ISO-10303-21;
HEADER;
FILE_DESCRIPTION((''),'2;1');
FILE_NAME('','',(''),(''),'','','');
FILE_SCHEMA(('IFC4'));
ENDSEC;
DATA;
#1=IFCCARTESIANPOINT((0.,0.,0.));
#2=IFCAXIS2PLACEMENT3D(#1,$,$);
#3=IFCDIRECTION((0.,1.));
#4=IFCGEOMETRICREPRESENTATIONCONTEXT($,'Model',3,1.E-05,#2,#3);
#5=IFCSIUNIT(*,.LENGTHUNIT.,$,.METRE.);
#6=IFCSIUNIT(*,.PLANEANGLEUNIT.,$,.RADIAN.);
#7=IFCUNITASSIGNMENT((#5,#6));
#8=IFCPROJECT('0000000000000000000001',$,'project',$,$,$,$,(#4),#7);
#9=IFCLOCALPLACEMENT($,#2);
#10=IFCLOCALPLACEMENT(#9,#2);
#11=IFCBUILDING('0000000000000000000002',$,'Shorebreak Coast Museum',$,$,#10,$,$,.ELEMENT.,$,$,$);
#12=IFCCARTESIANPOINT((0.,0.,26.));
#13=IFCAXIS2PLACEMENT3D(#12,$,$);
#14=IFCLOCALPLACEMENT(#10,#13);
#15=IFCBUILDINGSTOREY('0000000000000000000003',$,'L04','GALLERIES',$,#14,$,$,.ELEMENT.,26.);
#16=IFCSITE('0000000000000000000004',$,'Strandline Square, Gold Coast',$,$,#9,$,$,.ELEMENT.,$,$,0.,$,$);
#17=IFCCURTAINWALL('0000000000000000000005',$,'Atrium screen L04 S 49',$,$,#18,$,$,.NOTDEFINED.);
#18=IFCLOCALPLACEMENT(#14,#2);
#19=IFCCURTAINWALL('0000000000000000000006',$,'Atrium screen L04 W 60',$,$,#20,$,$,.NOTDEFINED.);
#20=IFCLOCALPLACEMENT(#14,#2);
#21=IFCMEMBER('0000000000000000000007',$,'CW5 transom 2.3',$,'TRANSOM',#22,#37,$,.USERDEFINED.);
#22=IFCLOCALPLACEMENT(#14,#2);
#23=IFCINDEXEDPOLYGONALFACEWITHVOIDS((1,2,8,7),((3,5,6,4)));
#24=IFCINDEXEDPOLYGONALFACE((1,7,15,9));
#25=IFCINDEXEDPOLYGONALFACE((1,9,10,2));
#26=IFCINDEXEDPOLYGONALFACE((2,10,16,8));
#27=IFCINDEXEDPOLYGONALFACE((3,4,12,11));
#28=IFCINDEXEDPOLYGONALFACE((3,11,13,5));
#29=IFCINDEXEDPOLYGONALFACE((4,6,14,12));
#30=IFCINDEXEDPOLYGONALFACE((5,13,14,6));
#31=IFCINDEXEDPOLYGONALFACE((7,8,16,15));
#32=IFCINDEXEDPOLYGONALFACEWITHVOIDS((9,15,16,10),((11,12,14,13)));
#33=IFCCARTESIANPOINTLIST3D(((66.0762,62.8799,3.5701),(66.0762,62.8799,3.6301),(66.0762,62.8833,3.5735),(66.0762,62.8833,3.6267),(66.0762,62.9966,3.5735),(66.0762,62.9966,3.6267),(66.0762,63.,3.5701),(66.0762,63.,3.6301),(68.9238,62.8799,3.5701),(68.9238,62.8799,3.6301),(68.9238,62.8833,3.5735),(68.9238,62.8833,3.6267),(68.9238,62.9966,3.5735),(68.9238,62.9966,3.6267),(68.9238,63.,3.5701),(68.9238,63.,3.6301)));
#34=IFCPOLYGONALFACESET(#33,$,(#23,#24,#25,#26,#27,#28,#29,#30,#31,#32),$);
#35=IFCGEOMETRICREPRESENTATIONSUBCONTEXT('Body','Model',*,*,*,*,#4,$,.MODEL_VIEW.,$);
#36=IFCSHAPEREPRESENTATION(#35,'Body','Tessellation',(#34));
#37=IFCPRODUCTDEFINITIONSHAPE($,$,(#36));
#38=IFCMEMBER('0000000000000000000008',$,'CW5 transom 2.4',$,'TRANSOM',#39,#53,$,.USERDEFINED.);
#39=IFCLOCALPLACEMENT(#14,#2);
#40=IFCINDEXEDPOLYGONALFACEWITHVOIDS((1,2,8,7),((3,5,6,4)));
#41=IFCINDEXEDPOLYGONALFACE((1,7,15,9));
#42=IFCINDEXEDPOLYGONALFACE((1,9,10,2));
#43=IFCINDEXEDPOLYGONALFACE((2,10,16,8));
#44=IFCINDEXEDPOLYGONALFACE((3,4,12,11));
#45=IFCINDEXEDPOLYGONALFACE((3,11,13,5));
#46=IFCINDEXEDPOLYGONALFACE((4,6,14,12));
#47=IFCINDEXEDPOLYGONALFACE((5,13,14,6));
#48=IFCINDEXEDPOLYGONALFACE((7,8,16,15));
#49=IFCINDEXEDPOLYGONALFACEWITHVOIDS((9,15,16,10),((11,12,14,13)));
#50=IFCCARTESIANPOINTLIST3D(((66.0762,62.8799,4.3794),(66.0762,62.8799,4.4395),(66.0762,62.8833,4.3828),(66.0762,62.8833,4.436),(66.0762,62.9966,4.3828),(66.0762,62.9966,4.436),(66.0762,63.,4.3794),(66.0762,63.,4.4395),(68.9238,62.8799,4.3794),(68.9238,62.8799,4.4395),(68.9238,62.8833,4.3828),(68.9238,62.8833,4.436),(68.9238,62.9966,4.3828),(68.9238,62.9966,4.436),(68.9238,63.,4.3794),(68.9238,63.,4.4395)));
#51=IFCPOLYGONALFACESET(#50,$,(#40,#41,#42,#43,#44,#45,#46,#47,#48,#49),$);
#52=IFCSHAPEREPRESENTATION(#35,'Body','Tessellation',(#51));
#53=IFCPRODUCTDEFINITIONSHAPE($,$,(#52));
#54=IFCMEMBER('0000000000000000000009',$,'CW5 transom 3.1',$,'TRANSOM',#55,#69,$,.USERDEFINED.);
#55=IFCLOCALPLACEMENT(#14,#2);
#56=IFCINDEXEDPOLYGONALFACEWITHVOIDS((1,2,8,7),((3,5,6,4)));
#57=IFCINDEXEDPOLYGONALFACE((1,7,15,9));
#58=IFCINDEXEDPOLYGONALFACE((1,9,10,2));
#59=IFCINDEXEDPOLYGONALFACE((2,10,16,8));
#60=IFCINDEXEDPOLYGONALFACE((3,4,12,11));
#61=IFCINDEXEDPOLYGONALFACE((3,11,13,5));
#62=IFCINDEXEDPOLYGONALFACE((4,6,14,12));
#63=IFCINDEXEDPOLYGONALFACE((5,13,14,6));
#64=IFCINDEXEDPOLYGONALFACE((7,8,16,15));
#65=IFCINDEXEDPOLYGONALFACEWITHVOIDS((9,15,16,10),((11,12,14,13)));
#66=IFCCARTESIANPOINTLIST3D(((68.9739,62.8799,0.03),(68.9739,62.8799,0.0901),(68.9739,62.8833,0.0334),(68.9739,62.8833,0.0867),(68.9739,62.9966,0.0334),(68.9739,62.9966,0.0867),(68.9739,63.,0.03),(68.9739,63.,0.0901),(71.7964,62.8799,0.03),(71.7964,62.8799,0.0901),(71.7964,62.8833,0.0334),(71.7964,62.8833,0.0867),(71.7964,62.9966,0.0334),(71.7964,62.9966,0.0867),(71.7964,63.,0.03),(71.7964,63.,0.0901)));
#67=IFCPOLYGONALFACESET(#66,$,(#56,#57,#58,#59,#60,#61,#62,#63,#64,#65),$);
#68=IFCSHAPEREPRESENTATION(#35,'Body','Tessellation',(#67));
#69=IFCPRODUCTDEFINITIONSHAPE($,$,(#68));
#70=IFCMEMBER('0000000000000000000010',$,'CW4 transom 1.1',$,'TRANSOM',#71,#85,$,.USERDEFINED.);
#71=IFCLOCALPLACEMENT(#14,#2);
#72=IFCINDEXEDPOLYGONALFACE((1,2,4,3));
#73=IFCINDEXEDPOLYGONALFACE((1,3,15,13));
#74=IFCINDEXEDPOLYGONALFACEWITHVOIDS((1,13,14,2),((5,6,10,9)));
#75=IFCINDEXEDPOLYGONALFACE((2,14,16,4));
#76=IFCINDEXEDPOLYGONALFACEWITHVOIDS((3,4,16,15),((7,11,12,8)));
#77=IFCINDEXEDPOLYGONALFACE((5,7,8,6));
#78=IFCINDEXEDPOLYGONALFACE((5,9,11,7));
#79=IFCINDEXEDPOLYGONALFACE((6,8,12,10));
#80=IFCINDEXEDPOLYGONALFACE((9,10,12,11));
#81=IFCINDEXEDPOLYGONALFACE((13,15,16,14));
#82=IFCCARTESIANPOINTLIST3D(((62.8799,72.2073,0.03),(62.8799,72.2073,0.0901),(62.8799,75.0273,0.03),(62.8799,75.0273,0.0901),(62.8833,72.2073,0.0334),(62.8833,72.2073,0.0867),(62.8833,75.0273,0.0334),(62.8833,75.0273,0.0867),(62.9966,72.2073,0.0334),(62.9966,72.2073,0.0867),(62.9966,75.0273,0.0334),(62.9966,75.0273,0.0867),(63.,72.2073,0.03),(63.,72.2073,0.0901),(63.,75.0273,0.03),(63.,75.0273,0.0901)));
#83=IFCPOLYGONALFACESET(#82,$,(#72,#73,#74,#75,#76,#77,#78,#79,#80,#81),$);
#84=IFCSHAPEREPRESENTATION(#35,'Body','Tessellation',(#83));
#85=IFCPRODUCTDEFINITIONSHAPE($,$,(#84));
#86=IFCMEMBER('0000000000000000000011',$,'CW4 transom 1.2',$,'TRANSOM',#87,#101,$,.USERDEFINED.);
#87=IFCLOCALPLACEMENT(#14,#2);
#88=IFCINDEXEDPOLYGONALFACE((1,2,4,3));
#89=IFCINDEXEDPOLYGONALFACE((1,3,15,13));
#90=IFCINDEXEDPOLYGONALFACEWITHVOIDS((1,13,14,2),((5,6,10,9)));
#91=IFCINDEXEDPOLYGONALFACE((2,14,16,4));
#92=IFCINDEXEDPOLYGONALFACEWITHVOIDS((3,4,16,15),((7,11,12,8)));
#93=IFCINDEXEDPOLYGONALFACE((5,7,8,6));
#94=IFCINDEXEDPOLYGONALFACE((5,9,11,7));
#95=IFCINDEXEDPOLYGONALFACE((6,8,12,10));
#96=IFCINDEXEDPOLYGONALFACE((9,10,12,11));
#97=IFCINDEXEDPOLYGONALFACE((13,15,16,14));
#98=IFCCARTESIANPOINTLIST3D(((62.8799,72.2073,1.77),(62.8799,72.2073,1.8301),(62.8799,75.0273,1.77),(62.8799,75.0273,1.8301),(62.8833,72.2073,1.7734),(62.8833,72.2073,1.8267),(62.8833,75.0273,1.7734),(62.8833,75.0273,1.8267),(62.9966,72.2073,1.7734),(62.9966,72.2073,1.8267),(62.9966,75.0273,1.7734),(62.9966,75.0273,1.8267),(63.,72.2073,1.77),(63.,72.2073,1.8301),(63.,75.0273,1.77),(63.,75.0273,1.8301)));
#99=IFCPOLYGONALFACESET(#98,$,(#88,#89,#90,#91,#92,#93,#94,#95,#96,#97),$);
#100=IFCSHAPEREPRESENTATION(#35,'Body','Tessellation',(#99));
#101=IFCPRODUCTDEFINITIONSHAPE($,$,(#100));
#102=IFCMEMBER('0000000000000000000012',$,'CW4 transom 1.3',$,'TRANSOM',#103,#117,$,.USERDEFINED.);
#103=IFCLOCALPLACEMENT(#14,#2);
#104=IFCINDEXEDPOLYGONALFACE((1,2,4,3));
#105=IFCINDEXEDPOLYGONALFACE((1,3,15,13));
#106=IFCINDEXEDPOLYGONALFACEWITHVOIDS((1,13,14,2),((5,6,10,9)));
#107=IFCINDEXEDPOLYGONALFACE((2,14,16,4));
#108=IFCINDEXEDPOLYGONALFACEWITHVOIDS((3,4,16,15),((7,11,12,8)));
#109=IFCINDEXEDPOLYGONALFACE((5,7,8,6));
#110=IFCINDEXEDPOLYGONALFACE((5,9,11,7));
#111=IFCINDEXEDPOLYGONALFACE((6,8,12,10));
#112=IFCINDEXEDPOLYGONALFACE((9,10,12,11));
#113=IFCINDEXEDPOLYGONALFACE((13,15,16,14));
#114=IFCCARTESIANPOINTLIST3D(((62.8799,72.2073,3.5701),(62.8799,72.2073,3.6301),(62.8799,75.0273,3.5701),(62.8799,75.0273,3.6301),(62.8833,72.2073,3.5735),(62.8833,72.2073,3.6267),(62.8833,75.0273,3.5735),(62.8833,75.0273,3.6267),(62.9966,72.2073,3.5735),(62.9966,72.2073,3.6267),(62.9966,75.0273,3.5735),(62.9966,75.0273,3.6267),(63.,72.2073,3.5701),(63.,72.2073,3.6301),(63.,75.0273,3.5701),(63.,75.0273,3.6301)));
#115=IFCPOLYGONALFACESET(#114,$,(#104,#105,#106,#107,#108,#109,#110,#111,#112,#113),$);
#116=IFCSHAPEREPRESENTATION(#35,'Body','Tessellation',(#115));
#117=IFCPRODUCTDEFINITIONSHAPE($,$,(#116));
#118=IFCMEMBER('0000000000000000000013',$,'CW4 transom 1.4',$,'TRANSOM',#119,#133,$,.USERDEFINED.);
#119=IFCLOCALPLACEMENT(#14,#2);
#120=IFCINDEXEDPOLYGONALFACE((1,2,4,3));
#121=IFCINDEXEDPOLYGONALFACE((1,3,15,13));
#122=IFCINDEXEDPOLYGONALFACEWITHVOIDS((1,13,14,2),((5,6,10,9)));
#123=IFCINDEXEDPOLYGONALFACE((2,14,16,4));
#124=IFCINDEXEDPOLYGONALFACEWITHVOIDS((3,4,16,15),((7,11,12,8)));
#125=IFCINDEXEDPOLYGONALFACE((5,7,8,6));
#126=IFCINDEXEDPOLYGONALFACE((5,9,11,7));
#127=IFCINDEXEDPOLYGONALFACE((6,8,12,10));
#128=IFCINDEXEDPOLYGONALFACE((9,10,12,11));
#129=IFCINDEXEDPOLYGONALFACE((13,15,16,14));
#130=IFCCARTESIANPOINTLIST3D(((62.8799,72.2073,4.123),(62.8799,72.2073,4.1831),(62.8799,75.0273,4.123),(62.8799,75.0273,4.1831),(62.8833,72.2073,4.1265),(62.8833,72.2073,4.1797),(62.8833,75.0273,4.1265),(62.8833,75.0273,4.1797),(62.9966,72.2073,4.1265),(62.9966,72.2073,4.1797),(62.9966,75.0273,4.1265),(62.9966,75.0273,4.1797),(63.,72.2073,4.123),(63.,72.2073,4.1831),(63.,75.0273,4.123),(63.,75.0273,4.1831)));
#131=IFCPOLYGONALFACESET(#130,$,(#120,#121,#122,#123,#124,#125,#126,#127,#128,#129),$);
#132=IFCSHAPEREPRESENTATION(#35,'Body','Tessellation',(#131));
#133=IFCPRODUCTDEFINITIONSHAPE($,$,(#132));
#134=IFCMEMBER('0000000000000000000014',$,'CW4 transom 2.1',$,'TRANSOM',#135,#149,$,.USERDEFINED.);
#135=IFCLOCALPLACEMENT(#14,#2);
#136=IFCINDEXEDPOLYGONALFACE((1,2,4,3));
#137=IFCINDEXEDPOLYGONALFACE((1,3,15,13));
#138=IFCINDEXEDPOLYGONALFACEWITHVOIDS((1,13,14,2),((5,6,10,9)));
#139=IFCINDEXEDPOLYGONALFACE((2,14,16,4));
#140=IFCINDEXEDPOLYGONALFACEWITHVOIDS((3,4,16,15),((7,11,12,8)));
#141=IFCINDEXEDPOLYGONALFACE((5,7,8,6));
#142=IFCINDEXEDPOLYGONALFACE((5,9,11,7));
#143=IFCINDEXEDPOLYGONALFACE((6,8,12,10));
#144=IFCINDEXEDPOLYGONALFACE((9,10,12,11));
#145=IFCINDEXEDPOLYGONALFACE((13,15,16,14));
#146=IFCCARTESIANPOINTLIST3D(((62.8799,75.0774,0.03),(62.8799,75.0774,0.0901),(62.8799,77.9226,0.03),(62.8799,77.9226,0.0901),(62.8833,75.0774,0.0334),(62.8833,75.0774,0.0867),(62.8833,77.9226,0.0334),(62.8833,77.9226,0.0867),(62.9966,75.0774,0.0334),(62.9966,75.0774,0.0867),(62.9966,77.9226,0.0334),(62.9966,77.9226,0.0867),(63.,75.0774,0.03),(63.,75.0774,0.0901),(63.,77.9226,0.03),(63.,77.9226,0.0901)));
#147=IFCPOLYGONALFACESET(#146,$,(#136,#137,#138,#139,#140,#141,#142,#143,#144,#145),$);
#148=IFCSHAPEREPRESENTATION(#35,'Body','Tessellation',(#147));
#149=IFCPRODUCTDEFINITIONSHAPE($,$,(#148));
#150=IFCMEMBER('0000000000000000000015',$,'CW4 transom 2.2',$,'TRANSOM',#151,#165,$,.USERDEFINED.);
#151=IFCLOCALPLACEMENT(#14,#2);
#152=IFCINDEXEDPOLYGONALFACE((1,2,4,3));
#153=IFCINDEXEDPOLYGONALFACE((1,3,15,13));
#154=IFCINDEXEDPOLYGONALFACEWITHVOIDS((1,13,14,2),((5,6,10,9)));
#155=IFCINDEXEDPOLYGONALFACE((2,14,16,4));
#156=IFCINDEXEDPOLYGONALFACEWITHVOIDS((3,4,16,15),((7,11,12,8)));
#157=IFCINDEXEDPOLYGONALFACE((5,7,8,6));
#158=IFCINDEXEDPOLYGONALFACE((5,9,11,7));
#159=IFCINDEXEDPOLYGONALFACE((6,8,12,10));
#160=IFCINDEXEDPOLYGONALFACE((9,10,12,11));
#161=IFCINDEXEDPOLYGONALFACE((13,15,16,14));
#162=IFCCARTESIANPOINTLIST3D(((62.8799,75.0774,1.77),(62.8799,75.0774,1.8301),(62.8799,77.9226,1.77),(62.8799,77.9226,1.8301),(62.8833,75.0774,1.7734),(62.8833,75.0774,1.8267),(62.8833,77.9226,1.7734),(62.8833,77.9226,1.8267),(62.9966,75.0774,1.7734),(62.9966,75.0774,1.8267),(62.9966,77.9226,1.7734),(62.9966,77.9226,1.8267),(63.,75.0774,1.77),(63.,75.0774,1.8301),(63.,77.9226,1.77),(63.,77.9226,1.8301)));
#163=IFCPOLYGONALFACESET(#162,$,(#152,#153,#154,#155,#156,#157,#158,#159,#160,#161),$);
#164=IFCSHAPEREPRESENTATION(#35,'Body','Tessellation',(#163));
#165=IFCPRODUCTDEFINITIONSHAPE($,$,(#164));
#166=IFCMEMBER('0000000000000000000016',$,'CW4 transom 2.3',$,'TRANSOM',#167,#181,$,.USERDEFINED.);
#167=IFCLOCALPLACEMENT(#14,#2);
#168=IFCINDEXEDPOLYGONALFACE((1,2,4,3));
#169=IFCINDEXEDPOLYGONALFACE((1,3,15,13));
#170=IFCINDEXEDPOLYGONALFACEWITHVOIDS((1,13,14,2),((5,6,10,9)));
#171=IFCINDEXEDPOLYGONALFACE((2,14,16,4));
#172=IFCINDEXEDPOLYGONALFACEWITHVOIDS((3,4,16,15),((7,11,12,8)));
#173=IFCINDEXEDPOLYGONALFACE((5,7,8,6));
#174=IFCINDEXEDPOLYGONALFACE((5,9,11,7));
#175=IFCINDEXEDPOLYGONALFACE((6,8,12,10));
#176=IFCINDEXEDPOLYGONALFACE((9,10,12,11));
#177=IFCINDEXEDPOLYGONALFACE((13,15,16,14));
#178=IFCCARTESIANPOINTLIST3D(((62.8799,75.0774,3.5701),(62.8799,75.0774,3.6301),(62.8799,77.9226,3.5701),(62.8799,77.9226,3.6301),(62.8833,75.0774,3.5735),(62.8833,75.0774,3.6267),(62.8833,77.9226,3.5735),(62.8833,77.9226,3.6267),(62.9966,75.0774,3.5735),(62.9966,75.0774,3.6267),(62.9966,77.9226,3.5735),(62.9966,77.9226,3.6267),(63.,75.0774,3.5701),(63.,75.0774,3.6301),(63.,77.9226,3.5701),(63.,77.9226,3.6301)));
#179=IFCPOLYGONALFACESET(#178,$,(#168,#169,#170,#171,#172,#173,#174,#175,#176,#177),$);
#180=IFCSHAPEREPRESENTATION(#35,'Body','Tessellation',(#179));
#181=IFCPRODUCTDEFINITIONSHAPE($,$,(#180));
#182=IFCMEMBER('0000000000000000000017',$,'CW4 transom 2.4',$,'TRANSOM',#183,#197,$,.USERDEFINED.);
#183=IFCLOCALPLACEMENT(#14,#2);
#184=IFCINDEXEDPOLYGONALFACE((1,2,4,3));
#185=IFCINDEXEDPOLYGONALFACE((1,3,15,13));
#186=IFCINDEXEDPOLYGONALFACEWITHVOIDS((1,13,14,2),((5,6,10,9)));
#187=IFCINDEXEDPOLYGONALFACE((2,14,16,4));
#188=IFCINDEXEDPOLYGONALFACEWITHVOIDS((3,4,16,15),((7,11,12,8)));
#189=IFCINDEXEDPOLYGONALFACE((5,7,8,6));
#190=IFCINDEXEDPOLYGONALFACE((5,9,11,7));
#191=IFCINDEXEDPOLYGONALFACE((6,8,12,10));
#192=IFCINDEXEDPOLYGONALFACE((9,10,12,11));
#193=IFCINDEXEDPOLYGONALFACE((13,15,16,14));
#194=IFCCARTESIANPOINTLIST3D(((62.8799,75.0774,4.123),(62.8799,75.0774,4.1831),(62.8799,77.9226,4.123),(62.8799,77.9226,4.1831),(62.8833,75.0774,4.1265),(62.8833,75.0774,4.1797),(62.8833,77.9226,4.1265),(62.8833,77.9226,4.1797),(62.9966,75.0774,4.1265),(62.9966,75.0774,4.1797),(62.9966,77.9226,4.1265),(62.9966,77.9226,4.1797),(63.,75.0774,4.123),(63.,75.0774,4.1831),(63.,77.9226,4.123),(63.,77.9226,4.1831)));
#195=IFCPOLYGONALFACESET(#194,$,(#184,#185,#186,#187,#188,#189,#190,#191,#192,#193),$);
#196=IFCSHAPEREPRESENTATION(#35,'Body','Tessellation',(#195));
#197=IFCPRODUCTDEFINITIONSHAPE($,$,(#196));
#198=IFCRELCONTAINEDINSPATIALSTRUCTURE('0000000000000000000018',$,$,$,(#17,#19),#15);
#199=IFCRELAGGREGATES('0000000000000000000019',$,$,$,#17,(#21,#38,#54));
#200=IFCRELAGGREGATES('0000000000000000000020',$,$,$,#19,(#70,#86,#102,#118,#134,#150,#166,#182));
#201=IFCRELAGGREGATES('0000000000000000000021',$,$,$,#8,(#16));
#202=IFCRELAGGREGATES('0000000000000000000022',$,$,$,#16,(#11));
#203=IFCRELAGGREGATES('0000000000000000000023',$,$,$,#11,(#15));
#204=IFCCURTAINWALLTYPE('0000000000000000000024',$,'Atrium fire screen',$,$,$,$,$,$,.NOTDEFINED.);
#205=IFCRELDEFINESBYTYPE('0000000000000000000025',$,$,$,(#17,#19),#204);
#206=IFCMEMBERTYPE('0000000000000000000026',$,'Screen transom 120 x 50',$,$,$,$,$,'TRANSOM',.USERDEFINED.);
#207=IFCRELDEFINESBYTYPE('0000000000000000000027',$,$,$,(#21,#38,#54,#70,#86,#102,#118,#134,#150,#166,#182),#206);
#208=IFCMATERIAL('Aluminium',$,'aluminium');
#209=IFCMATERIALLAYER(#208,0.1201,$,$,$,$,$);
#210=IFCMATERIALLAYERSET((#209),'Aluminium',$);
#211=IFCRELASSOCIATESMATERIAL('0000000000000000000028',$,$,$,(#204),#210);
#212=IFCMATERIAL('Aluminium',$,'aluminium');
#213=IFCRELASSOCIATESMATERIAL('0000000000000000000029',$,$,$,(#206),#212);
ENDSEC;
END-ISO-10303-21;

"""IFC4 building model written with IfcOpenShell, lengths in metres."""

from ifc_helpers import new_model, si_unit, direction, frame, origin, origin_2d, place, context, subcontext, project, spatial, hollow_rectangle, extrude, material, layer, layer_set, material_profile, profile_set, type_object, element, aggregate, save


model = new_model("IFC4")

# Units and contexts
model_context = context("Model", 3, precision=1e-05, world=origin(), true_north=direction((0.0, 1.0)))
body_context = subcontext(model_context, "Body", "Model", "MODEL_VIEW")
ifc_project = project(units=[si_unit("LENGTHUNIT", "METRE"), si_unit("PLANEANGLEUNIT", "RADIAN")], contexts=[model_context])

# Site, building, storey
site_placement = place(None, origin())
site = spatial("IfcSite", under=ifc_project, at=site_placement, Name="Strandline Square, Gold Coast", CompositionType="ELEMENT", RefElevation=0.0)
building_placement = place(site_placement, origin())
building = spatial("IfcBuilding", under=site, at=building_placement, Name="Shorebreak Coast Museum", CompositionType="ELEMENT")
storey_placement = place(building_placement, frame((0.0, 0.0, 26.0)))
storey = spatial("IfcBuildingStorey", under=building, at=storey_placement, Name="L04", Description="GALLERIES", CompositionType="ELEMENT", Elevation=26.0)

# Curtain wall
ifc_material_1 = material(Name="Aluminium", Category="aluminium")
ifc_layer_1 = layer(ifc_material_1, 0.1201)
ifc_layer_set_1 = layer_set([ifc_layer_1], Name="Aluminium")
curtain_wall_type = type_object("IfcCurtainWallType", Name="Atrium fire screen", PredefinedType="NOTDEFINED", material=ifc_layer_set_1)
curtain_wall_1_placement = place(storey_placement, origin())
curtain_wall_1 = element("IfcCurtainWall", 1, at=curtain_wall_1_placement, inside=storey, type_object=curtain_wall_type, Name="Atrium screen L04 S 49", PredefinedType="NOTDEFINED")

# Curtain wall
curtain_wall_2_placement = place(storey_placement, origin())
curtain_wall_2 = element("IfcCurtainWall", 2, at=curtain_wall_2_placement, inside=storey, type_object=curtain_wall_type, Name="Atrium screen L04 W 60", PredefinedType="NOTDEFINED")

# Members
ifc_material_2 = material(Name="Aluminium", Category="aluminium")
ifc_material_profile_1 = material_profile(ifc_material_2, hollow_rectangle(XDim=0.1201, YDim=0.0601, WallThickness=0.0034, at=origin_2d()), Name="AL 60x120 RHS")
ifc_profile_set_1 = profile_set([ifc_material_profile_1], Name="Aluminium")
member_type_1 = type_object("IfcMemberType", Name="Screen transom 120 x 50", ElementType="TRANSOM", PredefinedType="USERDEFINED", material=ifc_profile_set_1)
member_1_placement = place(storey_placement, frame((66.0762, 62.9399, 3.6001), z_axis=(1.0, 0.0, 0.0), x_axis=(0.0, 1.0, 0.0)))
member_1 = element("IfcMember", 3, at=member_1_placement, type_object=member_type_1, Name="CW5 transom 2.3", ObjectType="TRANSOM", PredefinedType="USERDEFINED", context=body_context, shape_type="SweptSolid", body=[
    extrude(hollow_rectangle(XDim=0.1201, YDim=0.0601, WallThickness=0.0034, at=origin_2d()), origin(), (0.0, 0.0, 1.0), 2.8477),
])
member_2_placement = place(storey_placement, frame((66.0762, 62.9399, 4.4094), z_axis=(1.0, 0.0, 0.0), x_axis=(0.0, 1.0, 0.0)))
member_2 = element("IfcMember", 4, at=member_2_placement, type_object=member_type_1, Name="CW5 transom 2.4", ObjectType="TRANSOM", PredefinedType="USERDEFINED", context=body_context, shape_type="SweptSolid", body=[
    extrude(hollow_rectangle(XDim=0.1201, YDim=0.0601, WallThickness=0.0034, at=origin_2d()), origin(), (0.0, 0.0, 1.0), 2.8477),
])
member_3_placement = place(storey_placement, frame((68.9739, 62.9399, 0.0601), z_axis=(1.0, 0.0, 0.0), x_axis=(0.0, 1.0, 0.0)))
member_3 = element("IfcMember", 5, at=member_3_placement, type_object=member_type_1, Name="CW5 transom 3.1", ObjectType="TRANSOM", PredefinedType="USERDEFINED", context=body_context, shape_type="SweptSolid", body=[
    extrude(hollow_rectangle(XDim=0.1201, YDim=0.0601, WallThickness=0.0034, at=origin_2d()), origin(), (0.0, 0.0, 1.0), 2.8225),
])
member_4_placement = place(storey_placement, frame((62.9399, 72.2073, 0.0601), z_axis=(0.0, 1.0, 0.0), x_axis=(-1.0, 0.0, 0.0)))
member_4 = element("IfcMember", 6, at=member_4_placement, type_object=member_type_1, Name="CW4 transom 1.1", ObjectType="TRANSOM", PredefinedType="USERDEFINED", context=body_context, shape_type="SweptSolid", body=[
    extrude(hollow_rectangle(XDim=0.1201, YDim=0.0601, WallThickness=0.0034, at=origin_2d()), origin(), (0.0, 0.0, 1.0), 2.8201),
])
member_5_placement = place(storey_placement, frame((62.9399, 72.2073, 1.8), z_axis=(0.0, 1.0, 0.0), x_axis=(-1.0, 0.0, 0.0)))
member_5 = element("IfcMember", 7, at=member_5_placement, type_object=member_type_1, Name="CW4 transom 1.2", ObjectType="TRANSOM", PredefinedType="USERDEFINED", context=body_context, shape_type="SweptSolid", body=[
    extrude(hollow_rectangle(XDim=0.1201, YDim=0.0601, WallThickness=0.0034, at=origin_2d()), origin(), (0.0, 0.0, 1.0), 2.8201),
])
member_6_placement = place(storey_placement, frame((62.9399, 72.2073, 3.6001), z_axis=(0.0, 1.0, 0.0), x_axis=(-1.0, 0.0, 0.0)))
member_6 = element("IfcMember", 8, at=member_6_placement, type_object=member_type_1, Name="CW4 transom 1.3", ObjectType="TRANSOM", PredefinedType="USERDEFINED", context=body_context, shape_type="SweptSolid", body=[
    extrude(hollow_rectangle(XDim=0.1201, YDim=0.0601, WallThickness=0.0034, at=origin_2d()), origin(), (0.0, 0.0, 1.0), 2.8201),
])
member_7_placement = place(storey_placement, frame((62.9399, 72.2073, 4.1531), z_axis=(0.0, 1.0, 0.0), x_axis=(-1.0, 0.0, 0.0)))
member_7 = element("IfcMember", 9, at=member_7_placement, type_object=member_type_1, Name="CW4 transom 1.4", ObjectType="TRANSOM", PredefinedType="USERDEFINED", context=body_context, shape_type="SweptSolid", body=[
    extrude(hollow_rectangle(XDim=0.1201, YDim=0.0601, WallThickness=0.0034, at=origin_2d()), origin(), (0.0, 0.0, 1.0), 2.8201),
])
member_8_placement = place(storey_placement, frame((62.9399, 75.0774, 0.0601), z_axis=(0.0, 1.0, 0.0), x_axis=(-1.0, 0.0, 0.0)))
member_8 = element("IfcMember", 10, at=member_8_placement, type_object=member_type_1, Name="CW4 transom 2.1", ObjectType="TRANSOM", PredefinedType="USERDEFINED", context=body_context, shape_type="SweptSolid", body=[
    extrude(hollow_rectangle(XDim=0.1201, YDim=0.0601, WallThickness=0.0034, at=origin_2d()), origin(), (0.0, 0.0, 1.0), 2.8452),
])
member_9_placement = place(storey_placement, frame((62.9399, 75.0774, 1.8), z_axis=(0.0, 1.0, 0.0), x_axis=(-1.0, 0.0, 0.0)))
member_9 = element("IfcMember", 11, at=member_9_placement, type_object=member_type_1, Name="CW4 transom 2.2", ObjectType="TRANSOM", PredefinedType="USERDEFINED", context=body_context, shape_type="SweptSolid", body=[
    extrude(hollow_rectangle(XDim=0.1201, YDim=0.0601, WallThickness=0.0034, at=origin_2d()), origin(), (0.0, 0.0, 1.0), 2.8452),
])
member_10_placement = place(storey_placement, frame((62.9399, 75.0774, 3.6001), z_axis=(0.0, 1.0, 0.0), x_axis=(-1.0, 0.0, 0.0)))
member_10 = element("IfcMember", 12, at=member_10_placement, type_object=member_type_1, Name="CW4 transom 2.3", ObjectType="TRANSOM", PredefinedType="USERDEFINED", context=body_context, shape_type="SweptSolid", body=[
    extrude(hollow_rectangle(XDim=0.1201, YDim=0.0601, WallThickness=0.0034, at=origin_2d()), origin(), (0.0, 0.0, 1.0), 2.8452),
])
member_11_placement = place(storey_placement, frame((62.9399, 75.0774, 4.1531), z_axis=(0.0, 1.0, 0.0), x_axis=(-1.0, 0.0, 0.0)))
member_11 = element("IfcMember", 13, at=member_11_placement, type_object=member_type_1, Name="CW4 transom 2.4", ObjectType="TRANSOM", PredefinedType="USERDEFINED", context=body_context, shape_type="SweptSolid", body=[
    extrude(hollow_rectangle(XDim=0.1201, YDim=0.0601, WallThickness=0.0034, at=origin_2d()), origin(), (0.0, 0.0, 1.0), 2.8452),
])

aggregate(curtain_wall_1, [member_1, member_2, member_3])
aggregate(curtain_wall_2, [member_4, member_5, member_6, member_7, member_8, member_9, member_10, member_11])

save(model, "model.ifc")
